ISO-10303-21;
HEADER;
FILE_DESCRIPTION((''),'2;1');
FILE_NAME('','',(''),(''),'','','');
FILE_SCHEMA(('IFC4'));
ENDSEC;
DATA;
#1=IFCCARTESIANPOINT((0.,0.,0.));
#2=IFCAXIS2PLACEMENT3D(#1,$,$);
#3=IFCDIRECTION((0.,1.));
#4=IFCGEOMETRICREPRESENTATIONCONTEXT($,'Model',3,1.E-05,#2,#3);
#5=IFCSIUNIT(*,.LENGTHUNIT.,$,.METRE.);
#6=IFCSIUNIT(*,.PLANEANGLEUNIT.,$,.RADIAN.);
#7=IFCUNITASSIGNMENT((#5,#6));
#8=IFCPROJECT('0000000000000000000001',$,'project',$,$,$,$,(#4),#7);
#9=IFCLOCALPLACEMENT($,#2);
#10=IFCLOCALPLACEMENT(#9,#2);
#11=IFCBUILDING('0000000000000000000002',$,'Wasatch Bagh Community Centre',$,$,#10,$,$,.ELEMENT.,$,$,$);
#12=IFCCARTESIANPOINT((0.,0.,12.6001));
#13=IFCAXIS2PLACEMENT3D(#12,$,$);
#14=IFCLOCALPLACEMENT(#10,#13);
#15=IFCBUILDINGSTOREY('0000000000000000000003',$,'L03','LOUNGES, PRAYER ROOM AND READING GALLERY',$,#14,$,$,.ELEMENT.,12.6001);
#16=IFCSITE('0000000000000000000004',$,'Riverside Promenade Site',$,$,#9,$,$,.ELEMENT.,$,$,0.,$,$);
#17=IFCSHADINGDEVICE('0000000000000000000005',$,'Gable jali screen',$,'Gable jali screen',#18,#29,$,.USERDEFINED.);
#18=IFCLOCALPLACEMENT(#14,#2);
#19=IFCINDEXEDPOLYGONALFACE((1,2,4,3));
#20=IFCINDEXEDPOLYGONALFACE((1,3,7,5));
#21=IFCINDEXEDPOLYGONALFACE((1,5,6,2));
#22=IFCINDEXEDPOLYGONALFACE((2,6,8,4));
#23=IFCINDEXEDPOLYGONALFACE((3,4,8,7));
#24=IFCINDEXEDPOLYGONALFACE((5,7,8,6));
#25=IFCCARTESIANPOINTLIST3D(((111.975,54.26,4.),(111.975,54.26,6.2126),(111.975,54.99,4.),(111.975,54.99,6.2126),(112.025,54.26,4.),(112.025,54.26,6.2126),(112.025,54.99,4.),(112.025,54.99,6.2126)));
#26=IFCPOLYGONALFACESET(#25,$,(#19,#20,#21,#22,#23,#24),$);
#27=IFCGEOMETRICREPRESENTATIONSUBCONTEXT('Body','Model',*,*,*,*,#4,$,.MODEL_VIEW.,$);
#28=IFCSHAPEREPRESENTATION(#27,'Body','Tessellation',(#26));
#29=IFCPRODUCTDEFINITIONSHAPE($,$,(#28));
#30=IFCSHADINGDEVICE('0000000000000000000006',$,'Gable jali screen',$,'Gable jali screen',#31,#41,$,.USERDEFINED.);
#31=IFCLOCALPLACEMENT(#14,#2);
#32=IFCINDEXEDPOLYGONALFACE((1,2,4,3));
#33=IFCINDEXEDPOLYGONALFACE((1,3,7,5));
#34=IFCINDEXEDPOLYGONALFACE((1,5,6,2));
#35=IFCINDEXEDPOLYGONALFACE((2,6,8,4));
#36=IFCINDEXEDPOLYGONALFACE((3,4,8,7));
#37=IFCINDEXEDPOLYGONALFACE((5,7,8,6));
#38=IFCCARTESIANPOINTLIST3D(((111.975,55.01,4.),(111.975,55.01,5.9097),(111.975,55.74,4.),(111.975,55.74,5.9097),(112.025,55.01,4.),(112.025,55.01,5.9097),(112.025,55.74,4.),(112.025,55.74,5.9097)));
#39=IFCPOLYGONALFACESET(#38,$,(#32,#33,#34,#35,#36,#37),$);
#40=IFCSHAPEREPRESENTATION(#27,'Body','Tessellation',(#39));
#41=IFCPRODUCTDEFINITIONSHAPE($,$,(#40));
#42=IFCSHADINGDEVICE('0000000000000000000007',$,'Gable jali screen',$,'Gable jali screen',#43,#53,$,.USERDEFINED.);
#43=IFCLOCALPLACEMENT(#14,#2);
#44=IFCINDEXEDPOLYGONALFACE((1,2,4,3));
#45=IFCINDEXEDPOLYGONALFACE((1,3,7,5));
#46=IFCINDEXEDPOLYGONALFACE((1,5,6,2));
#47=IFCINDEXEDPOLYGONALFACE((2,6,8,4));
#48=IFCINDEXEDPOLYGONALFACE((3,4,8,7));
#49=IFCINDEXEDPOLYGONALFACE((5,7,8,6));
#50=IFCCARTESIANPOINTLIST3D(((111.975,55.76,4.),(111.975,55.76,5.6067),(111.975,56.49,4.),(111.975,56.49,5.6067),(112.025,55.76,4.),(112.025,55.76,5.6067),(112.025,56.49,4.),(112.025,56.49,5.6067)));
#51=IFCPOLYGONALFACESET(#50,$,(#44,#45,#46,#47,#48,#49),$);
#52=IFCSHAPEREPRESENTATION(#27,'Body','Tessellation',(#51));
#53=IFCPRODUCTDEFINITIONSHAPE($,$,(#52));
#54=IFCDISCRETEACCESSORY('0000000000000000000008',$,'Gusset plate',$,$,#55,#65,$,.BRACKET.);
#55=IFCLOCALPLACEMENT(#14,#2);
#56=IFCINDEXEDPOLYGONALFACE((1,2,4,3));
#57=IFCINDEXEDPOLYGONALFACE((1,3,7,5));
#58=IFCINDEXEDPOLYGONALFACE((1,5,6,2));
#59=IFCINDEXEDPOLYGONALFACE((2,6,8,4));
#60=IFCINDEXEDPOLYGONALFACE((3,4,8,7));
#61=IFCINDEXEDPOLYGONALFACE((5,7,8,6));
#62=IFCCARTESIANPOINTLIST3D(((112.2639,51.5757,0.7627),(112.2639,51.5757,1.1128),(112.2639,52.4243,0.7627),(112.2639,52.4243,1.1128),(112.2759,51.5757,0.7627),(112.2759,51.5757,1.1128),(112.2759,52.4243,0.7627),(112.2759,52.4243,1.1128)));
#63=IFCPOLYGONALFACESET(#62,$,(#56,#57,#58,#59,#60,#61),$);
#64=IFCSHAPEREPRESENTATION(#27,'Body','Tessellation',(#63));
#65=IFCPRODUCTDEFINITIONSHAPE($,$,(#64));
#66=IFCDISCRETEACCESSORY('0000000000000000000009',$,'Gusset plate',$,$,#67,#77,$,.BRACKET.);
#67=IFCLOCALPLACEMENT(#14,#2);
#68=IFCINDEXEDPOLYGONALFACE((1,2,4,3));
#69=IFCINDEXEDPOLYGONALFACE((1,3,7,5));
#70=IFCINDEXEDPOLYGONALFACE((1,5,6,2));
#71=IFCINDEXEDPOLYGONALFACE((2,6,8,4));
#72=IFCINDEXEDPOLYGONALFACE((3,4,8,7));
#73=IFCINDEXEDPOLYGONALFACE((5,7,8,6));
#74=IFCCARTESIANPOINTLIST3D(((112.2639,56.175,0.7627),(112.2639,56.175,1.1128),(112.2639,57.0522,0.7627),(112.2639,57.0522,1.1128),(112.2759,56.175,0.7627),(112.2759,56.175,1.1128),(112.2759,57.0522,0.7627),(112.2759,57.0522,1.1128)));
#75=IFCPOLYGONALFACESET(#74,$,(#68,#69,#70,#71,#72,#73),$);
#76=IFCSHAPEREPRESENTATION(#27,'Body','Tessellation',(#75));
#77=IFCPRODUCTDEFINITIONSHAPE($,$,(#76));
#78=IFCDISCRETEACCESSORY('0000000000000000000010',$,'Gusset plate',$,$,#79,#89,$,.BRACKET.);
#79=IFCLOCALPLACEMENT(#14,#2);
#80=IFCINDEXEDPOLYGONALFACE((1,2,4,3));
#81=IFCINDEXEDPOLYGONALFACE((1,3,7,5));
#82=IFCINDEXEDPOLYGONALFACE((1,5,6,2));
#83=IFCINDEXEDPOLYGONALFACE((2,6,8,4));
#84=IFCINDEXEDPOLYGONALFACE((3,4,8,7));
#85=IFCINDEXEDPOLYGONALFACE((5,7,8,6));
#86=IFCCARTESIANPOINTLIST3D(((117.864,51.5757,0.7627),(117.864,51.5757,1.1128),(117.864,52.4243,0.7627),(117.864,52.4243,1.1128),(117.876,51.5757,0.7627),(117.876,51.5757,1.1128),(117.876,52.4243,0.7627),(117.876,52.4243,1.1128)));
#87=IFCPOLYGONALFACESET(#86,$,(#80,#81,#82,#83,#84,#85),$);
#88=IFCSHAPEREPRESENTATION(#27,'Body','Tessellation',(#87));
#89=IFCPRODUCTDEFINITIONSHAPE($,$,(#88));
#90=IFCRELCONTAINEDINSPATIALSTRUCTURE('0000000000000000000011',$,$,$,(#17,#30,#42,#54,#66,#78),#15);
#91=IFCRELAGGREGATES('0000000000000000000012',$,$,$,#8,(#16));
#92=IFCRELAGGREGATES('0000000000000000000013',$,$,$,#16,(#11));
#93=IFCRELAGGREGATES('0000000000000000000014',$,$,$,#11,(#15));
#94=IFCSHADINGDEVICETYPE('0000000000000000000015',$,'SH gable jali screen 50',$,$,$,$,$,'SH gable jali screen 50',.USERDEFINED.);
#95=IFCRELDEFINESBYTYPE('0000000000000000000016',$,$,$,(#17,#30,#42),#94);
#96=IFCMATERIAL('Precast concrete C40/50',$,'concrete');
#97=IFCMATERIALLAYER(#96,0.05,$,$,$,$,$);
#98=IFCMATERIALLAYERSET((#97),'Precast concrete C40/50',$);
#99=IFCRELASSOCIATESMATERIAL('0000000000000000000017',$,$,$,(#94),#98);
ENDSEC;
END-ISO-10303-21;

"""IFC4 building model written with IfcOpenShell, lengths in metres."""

from ifc_helpers import new_model, si_unit, direction, frame, origin, origin_2d, place, context, subcontext, project, spatial, polyline, rectangle, outline, extrude, material, layer, layer_set, type_object, element, save


model = new_model("IFC4")

# Units and contexts
model_context = context("Model", 3, precision=1e-05, world=origin(), true_north=direction((0.0, 1.0)))
body_context = subcontext(model_context, "Body", "Model", "MODEL_VIEW")
ifc_project = project(units=[si_unit("LENGTHUNIT", "METRE"), si_unit("PLANEANGLEUNIT", "RADIAN")], contexts=[model_context])

# Site, building, storey
site_placement = place(None, origin())
site = spatial("IfcSite", under=ifc_project, at=site_placement, Name="Riverside Promenade Site", CompositionType="ELEMENT", RefElevation=0.0)
building_placement = place(site_placement, origin())
building = spatial("IfcBuilding", under=site, at=building_placement, Name="Wasatch Bagh Community Centre", CompositionType="ELEMENT")
storey_placement = place(building_placement, frame((0.0, 0.0, 12.6001)))
storey = spatial("IfcBuildingStorey", under=building, at=storey_placement, Name="L03", Description="LOUNGES, PRAYER ROOM AND READING GALLERY", CompositionType="ELEMENT", Elevation=12.6001)

# Shading devices
ifc_material_1 = material(Name="Precast concrete C40/50", Category="concrete")
ifc_layer = layer(ifc_material_1, 0.05)
ifc_layer_set = layer_set([ifc_layer], Name="Precast concrete C40/50")
shading_device_type = type_object("IfcShadingDeviceType", Name="SH gable jali screen 50", ElementType="SH gable jali screen 50", PredefinedType="USERDEFINED", material=ifc_layer_set)
shading_device_1_placement = place(storey_placement, frame((112.0, 54.625, 4.0), z_axis=(0.0, 0.0, 1.0), x_axis=(1.0, 0.0, 0.0)))
element("IfcShadingDevice", 1, at=shading_device_1_placement, inside=storey, type_object=shading_device_type, Name="Gable jali screen", ObjectType="Gable jali screen", PredefinedType="USERDEFINED", context=body_context, shape_type="SweptSolid", body=[
    extrude(rectangle(XDim=0.05, YDim=0.73, at=origin_2d()), origin(), (0.0, 0.0, 1.0), 2.2126),
])
shading_device_2_placement = place(storey_placement, frame((112.0, 55.375, 4.0), z_axis=(0.0, 0.0, 1.0), x_axis=(1.0, 0.0, 0.0)))
element("IfcShadingDevice", 2, at=shading_device_2_placement, inside=storey, type_object=shading_device_type, Name="Gable jali screen", ObjectType="Gable jali screen", PredefinedType="USERDEFINED", context=body_context, shape_type="SweptSolid", body=[
    extrude(rectangle(XDim=0.05, YDim=0.73, at=origin_2d()), origin(), (0.0, 0.0, 1.0), 1.9097),
])
shading_device_3_placement = place(storey_placement, frame((112.0, 56.125, 4.0), z_axis=(0.0, 0.0, 1.0), x_axis=(1.0, 0.0, 0.0)))
element("IfcShadingDevice", 3, at=shading_device_3_placement, inside=storey, type_object=shading_device_type, Name="Gable jali screen", ObjectType="Gable jali screen", PredefinedType="USERDEFINED", context=body_context, shape_type="SweptSolid", body=[
    extrude(rectangle(XDim=0.05, YDim=0.73, at=origin_2d()), origin(), (0.0, 0.0, 1.0), 1.6067),
])

# Discrete accessories
discrete_accessory_1_placement = place(storey_placement, frame((112.2759, 51.5757, 0.7627), z_axis=(1.0, 0.0, 0.0), x_axis=(0.0, 1.0, 0.0)))
element("IfcDiscreteAccessory", 4, at=discrete_accessory_1_placement, inside=storey, Name="Gusset plate", PredefinedType="BRACKET", context=body_context, shape_type="SweptSolid", body=[
    extrude(outline(polyline([(0.0, 0.0), (0.8486, 0.0), (0.8486, 0.3501), (0.0, 0.3501), (0.0, 0.0)])), origin(), (0.0, 0.0, -1.0), 0.012),
])
discrete_accessory_2_placement = place(storey_placement, frame((112.2759, 56.175, 0.7627), z_axis=(1.0, 0.0, 0.0), x_axis=(0.0, 1.0, 0.0)))
element("IfcDiscreteAccessory", 5, at=discrete_accessory_2_placement, inside=storey, Name="Gusset plate", PredefinedType="BRACKET", context=body_context, shape_type="SweptSolid", body=[
    extrude(outline(polyline([(0.0, 0.0), (0.8772, 0.0), (0.8772, 0.3501), (0.0, 0.3501), (0.0, 0.0)])), origin(), (0.0, 0.0, -1.0), 0.012),
])
discrete_accessory_3_placement = place(storey_placement, frame((117.876, 51.5757, 0.7627), z_axis=(1.0, 0.0, 0.0), x_axis=(0.0, 1.0, 0.0)))
element("IfcDiscreteAccessory", 6, at=discrete_accessory_3_placement, inside=storey, Name="Gusset plate", PredefinedType="BRACKET", context=body_context, shape_type="SweptSolid", body=[
    extrude(outline(polyline([(0.0, 0.0), (0.8486, 0.0), (0.8486, 0.3501), (0.0, 0.3501), (0.0, 0.0)])), origin(), (0.0, 0.0, -1.0), 0.012),
])

save(model, "model.ifc")
